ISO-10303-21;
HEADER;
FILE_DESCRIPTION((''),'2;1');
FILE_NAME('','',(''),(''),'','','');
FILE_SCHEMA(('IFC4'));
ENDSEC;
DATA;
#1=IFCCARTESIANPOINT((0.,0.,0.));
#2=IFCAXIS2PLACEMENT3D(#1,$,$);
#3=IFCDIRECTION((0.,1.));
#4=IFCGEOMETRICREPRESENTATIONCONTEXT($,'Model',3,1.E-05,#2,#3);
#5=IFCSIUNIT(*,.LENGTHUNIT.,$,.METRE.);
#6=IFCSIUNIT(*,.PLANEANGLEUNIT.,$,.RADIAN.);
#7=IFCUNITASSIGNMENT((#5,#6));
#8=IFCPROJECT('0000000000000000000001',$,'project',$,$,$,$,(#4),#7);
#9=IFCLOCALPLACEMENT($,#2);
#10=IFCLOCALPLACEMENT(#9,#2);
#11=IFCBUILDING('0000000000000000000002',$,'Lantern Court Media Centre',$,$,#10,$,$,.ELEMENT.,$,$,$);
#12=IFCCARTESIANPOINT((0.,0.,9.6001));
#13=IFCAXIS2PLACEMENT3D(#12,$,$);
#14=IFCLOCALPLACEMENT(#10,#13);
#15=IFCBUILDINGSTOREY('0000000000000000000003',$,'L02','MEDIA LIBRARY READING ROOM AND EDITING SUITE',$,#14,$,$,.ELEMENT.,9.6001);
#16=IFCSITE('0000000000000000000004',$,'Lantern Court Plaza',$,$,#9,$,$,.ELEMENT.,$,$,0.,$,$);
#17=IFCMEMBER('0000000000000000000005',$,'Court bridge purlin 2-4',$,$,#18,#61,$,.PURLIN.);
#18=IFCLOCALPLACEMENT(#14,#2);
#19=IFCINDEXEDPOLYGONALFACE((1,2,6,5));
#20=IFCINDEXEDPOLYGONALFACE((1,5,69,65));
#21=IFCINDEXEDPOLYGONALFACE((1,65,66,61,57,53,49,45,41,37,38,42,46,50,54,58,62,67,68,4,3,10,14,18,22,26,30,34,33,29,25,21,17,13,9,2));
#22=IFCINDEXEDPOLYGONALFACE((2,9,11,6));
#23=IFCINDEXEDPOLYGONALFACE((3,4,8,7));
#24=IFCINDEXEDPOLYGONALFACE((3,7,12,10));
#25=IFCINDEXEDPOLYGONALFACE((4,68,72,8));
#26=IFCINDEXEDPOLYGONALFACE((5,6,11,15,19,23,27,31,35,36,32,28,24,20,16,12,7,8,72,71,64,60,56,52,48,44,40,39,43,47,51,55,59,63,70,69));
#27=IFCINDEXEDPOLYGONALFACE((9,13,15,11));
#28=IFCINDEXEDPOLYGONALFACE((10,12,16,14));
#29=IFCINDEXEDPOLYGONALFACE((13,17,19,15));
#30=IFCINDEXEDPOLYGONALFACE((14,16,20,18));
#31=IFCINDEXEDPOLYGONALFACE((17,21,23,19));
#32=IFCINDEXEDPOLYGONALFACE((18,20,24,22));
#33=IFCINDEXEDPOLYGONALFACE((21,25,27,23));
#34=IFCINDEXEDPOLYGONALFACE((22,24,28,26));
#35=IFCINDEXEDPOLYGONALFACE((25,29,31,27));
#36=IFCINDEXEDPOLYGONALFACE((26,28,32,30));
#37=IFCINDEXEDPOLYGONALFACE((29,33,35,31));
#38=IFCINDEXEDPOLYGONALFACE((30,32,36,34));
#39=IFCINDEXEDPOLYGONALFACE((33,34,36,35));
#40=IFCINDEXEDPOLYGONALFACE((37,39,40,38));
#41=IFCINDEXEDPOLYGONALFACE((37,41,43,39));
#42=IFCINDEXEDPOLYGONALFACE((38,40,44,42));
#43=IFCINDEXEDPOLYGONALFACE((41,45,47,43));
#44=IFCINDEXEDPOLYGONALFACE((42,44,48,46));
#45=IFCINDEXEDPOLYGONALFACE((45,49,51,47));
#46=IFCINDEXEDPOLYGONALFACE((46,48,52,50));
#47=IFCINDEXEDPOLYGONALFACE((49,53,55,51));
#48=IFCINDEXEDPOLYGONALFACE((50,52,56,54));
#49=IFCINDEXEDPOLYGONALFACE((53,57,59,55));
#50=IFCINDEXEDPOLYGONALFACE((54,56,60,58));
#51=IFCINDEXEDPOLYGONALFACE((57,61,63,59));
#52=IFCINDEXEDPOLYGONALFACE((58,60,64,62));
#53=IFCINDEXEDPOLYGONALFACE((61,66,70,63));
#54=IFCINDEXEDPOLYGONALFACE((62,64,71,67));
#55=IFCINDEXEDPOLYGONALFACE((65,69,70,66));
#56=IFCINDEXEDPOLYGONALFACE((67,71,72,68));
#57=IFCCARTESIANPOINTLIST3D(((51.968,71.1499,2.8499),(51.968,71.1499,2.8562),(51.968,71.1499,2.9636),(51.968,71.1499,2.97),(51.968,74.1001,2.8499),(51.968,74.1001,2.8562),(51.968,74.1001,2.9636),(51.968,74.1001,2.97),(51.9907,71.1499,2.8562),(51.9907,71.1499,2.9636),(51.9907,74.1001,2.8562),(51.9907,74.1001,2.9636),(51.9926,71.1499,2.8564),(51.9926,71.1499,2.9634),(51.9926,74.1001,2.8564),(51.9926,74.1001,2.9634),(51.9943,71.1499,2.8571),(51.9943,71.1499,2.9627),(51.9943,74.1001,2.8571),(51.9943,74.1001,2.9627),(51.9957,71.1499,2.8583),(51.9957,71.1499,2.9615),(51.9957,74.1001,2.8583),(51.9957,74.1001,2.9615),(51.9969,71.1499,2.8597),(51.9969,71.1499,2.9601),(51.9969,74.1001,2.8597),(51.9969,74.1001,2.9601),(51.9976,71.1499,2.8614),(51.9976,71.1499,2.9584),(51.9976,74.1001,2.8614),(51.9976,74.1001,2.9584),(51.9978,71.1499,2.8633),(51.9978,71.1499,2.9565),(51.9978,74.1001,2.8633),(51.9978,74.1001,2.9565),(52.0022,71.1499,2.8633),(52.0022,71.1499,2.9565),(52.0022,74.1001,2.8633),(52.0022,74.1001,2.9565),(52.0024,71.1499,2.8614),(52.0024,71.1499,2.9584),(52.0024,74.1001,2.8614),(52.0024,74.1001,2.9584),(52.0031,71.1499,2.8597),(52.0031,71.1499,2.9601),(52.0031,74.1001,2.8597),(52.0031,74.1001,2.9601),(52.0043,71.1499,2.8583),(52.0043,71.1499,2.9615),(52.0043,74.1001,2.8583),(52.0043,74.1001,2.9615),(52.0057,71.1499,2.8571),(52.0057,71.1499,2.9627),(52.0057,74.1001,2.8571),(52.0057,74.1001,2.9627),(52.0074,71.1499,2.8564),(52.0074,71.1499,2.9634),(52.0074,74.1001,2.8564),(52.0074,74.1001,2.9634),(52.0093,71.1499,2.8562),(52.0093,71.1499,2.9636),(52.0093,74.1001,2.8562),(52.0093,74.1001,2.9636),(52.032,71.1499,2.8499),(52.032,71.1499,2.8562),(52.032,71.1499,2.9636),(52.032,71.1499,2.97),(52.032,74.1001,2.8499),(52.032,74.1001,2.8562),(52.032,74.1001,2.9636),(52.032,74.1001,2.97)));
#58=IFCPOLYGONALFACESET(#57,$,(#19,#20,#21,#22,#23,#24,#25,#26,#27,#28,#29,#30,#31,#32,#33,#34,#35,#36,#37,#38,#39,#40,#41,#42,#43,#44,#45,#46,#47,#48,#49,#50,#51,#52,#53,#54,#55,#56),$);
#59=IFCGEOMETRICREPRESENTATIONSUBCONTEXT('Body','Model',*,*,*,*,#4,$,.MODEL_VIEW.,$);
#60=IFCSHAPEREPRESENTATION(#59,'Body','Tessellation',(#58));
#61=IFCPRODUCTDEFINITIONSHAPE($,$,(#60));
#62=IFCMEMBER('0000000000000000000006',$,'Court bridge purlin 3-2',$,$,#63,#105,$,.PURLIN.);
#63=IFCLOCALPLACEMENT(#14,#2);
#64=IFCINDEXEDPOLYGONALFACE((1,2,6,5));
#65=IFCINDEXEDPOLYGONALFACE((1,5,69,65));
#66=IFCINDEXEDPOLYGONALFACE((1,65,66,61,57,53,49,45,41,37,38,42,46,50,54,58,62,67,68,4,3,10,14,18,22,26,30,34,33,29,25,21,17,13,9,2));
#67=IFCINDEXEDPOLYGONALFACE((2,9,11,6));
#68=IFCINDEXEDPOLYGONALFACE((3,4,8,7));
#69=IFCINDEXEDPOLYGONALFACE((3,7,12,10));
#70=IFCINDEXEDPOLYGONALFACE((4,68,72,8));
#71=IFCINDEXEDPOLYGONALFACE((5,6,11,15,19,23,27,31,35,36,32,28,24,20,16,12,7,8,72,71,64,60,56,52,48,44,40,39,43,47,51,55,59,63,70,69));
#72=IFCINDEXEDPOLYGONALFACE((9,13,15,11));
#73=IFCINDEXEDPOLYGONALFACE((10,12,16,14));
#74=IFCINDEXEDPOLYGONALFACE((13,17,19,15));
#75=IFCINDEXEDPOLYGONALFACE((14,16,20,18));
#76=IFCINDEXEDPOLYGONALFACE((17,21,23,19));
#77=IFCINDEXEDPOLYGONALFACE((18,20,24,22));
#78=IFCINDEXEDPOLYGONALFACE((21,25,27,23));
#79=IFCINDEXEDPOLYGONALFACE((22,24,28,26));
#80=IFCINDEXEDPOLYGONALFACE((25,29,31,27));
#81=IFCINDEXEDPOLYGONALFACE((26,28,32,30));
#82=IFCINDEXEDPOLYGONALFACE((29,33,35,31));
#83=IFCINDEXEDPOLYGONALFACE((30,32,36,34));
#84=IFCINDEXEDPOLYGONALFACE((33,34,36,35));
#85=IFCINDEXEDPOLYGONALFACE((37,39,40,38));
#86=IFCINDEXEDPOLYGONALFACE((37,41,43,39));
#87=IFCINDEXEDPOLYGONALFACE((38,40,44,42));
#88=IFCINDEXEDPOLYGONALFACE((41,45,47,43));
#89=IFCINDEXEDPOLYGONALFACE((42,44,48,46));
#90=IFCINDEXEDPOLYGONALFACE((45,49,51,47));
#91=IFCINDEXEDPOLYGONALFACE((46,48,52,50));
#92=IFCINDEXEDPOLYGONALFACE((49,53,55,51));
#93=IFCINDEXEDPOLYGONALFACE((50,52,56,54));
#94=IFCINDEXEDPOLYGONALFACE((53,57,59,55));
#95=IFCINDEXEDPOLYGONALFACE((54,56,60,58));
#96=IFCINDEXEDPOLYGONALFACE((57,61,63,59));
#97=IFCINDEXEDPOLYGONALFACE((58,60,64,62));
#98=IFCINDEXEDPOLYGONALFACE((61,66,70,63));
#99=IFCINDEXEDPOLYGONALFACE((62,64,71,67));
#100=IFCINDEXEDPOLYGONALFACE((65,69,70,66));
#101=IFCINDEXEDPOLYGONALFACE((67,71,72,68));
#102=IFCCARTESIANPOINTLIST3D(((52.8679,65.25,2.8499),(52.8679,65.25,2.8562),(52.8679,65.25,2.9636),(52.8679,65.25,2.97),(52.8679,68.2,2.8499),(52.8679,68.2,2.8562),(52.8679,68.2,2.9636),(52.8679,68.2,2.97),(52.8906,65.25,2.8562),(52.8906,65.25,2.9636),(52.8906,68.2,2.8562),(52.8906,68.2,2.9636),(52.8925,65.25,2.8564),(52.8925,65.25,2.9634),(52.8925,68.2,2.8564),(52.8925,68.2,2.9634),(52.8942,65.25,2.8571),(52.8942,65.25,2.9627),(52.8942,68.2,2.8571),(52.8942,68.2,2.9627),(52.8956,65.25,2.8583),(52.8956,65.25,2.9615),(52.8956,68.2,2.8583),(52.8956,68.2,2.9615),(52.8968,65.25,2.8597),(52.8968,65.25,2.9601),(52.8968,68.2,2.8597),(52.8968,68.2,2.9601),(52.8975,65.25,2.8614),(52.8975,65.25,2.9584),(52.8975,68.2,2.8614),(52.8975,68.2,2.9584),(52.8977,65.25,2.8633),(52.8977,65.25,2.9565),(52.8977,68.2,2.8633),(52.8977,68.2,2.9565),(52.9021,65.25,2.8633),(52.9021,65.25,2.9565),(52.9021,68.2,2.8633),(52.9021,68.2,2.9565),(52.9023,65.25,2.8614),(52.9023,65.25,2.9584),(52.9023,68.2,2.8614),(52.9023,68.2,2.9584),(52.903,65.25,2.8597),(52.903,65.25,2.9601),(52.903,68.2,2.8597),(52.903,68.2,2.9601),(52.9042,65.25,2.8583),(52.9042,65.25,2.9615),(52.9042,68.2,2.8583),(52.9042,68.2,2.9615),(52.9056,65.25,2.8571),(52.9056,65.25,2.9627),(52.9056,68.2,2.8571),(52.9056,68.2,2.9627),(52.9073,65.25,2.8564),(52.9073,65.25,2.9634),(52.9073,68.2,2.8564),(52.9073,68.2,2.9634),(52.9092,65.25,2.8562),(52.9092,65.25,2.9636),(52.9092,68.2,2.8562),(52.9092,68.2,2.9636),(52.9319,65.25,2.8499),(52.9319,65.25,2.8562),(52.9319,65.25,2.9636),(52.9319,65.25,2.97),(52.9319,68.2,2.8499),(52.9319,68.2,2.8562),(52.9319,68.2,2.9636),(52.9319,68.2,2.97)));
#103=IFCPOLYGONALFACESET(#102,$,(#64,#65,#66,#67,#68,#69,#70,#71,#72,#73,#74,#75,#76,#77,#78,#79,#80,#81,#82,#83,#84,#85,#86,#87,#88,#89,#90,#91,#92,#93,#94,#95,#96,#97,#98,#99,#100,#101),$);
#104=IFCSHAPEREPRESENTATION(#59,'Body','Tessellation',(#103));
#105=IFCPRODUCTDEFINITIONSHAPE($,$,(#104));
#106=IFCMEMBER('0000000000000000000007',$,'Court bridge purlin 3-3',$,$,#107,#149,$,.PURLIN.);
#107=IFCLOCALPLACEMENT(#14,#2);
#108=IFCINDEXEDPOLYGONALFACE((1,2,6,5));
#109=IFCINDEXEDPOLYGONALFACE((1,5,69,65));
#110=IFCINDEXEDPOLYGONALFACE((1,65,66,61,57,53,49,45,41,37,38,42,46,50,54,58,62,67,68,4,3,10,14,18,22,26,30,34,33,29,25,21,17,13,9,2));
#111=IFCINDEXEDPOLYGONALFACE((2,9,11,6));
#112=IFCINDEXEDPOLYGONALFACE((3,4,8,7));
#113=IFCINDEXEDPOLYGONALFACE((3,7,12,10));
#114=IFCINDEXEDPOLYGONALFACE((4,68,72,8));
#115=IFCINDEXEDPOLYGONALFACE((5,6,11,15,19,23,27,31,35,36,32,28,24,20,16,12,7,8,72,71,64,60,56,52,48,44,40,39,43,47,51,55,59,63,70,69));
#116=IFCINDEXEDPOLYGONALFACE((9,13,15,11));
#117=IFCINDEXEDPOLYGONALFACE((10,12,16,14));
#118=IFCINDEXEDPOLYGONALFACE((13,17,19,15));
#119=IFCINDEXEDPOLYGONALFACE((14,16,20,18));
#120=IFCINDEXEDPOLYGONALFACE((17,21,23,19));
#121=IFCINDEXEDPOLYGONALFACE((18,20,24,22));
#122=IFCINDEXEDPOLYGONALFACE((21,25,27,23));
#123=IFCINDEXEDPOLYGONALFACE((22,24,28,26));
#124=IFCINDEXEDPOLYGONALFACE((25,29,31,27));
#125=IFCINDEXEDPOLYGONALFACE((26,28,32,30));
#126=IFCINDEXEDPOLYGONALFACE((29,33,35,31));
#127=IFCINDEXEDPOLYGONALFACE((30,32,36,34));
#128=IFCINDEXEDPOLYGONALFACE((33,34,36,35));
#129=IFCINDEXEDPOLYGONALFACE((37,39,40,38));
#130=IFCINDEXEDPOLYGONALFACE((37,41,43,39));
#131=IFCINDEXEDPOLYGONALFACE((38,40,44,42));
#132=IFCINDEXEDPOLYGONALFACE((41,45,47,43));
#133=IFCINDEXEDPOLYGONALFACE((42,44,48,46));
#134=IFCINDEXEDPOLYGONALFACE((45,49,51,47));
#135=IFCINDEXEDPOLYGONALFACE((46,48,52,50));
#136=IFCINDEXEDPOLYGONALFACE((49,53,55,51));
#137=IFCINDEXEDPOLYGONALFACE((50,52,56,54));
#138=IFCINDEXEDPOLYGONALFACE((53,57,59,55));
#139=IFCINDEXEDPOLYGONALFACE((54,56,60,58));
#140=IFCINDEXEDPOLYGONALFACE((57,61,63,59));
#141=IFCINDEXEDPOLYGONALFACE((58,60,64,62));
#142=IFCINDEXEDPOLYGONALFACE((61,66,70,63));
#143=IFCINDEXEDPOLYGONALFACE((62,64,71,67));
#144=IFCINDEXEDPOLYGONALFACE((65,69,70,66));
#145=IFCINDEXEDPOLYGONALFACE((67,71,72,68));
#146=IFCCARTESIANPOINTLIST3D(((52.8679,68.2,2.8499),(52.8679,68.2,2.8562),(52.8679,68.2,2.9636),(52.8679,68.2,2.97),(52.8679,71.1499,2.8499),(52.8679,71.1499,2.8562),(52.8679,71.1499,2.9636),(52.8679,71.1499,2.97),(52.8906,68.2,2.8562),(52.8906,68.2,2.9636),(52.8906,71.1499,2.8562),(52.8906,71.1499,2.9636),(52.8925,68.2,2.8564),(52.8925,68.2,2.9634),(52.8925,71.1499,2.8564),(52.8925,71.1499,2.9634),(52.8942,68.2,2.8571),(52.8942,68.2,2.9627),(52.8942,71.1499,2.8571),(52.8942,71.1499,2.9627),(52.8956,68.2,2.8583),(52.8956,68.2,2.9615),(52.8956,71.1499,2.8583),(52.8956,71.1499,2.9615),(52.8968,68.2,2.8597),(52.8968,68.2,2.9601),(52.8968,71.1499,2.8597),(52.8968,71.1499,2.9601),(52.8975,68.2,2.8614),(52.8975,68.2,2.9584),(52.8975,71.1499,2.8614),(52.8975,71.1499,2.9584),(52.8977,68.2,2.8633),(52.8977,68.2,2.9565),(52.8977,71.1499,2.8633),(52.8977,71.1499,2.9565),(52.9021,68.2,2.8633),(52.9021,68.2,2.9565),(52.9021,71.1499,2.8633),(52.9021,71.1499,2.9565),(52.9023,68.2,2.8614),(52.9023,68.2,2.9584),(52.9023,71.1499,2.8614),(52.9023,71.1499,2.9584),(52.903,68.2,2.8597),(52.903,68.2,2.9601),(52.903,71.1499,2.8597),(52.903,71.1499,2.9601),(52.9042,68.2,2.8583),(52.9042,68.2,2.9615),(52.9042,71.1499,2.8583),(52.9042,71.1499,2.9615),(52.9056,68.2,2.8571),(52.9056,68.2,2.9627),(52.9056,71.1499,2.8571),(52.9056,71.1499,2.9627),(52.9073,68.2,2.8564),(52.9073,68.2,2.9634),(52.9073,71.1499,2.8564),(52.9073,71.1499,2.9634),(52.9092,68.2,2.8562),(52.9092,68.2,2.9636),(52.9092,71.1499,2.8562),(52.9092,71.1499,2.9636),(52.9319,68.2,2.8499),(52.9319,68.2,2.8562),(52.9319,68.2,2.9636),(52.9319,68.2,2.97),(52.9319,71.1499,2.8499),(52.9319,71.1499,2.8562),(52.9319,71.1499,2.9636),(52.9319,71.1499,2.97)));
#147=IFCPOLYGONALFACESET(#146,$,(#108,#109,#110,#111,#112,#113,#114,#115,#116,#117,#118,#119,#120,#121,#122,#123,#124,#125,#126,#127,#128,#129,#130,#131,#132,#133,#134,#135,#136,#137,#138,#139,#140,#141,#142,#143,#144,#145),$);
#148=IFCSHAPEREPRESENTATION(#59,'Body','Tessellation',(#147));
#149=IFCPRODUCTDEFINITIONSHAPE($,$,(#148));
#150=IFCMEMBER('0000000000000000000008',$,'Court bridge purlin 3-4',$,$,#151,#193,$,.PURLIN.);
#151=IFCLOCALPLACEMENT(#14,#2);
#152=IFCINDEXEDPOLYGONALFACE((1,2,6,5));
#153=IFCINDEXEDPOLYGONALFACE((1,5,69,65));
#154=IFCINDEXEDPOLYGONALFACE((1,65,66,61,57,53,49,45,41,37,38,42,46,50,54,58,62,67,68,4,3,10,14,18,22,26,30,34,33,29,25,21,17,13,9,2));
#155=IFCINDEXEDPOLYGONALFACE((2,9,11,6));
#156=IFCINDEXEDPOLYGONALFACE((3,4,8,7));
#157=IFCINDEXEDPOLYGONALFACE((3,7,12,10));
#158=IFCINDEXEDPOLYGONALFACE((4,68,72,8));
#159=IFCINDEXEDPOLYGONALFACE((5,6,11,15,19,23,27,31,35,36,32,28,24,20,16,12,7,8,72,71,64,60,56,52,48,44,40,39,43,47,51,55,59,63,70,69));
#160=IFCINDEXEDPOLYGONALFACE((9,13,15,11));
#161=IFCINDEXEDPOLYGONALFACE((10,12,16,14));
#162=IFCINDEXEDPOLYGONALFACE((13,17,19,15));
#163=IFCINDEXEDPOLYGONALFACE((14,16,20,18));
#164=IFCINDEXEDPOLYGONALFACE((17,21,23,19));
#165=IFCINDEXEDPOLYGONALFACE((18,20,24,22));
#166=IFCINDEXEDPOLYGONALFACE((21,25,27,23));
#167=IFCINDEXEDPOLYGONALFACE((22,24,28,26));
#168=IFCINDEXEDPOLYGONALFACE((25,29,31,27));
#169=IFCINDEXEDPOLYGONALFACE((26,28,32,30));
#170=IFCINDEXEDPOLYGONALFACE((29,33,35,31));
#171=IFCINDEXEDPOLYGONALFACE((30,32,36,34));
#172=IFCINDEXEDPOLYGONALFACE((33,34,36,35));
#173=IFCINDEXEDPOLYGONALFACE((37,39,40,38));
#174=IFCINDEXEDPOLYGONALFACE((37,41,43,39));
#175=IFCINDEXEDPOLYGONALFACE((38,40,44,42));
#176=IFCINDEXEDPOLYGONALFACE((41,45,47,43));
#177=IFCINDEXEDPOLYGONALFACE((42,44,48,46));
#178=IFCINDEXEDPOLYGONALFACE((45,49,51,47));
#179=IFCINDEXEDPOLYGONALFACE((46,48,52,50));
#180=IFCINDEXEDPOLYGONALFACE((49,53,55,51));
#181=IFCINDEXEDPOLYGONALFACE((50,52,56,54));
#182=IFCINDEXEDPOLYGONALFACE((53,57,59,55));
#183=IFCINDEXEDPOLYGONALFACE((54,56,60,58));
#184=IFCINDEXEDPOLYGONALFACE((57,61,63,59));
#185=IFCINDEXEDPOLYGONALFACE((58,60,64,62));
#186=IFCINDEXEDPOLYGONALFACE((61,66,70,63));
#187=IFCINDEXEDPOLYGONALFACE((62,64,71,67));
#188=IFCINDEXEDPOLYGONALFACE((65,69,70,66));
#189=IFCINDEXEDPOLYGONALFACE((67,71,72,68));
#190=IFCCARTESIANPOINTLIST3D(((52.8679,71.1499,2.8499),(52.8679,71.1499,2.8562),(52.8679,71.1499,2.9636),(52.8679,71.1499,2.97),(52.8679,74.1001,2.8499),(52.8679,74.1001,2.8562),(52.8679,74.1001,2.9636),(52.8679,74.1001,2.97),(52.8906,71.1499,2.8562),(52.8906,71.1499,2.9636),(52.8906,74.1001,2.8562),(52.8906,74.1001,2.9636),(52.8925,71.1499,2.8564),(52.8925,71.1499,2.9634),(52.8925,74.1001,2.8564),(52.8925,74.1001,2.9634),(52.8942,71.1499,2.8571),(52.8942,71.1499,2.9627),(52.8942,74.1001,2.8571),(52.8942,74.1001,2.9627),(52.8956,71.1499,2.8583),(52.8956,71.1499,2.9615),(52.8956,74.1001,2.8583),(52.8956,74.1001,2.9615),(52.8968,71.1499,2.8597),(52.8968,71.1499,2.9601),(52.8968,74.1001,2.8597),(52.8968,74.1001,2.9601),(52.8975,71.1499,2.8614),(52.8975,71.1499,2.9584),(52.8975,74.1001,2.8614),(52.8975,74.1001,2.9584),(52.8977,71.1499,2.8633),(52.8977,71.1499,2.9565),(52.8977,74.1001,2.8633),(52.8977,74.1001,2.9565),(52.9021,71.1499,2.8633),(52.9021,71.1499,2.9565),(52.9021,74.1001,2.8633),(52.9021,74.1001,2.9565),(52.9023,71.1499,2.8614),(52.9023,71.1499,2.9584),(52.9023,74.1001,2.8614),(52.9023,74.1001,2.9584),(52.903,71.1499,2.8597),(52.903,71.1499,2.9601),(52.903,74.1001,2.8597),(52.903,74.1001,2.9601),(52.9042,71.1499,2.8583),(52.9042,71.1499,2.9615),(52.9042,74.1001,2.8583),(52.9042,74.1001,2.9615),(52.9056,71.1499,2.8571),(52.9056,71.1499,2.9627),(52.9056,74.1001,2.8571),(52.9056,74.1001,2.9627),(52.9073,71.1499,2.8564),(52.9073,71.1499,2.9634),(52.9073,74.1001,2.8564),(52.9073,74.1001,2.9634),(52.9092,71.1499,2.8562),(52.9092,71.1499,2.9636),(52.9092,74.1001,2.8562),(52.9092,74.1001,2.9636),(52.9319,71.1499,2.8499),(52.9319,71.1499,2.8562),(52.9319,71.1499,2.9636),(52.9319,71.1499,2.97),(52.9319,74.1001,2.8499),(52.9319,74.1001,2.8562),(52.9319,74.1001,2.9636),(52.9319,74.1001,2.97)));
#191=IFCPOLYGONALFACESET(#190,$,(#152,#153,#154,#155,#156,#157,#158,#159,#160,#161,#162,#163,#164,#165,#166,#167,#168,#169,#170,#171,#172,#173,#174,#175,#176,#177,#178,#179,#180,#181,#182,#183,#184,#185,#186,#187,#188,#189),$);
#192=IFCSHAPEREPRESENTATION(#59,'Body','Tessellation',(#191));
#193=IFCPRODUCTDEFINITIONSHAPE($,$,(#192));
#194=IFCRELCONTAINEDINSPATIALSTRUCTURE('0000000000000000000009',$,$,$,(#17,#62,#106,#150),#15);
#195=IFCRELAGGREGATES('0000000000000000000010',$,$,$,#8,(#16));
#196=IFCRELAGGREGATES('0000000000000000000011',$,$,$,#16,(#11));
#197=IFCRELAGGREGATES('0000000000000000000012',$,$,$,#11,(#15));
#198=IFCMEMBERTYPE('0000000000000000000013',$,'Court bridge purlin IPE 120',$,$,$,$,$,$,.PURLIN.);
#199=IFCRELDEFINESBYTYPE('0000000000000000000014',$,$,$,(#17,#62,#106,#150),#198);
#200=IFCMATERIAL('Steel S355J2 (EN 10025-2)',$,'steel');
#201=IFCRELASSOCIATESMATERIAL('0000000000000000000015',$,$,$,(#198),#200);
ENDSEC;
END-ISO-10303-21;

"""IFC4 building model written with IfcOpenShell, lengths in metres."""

from ifc_helpers import new_model, si_unit, direction, frame, origin, origin_2d, place, context, subcontext, project, spatial, i_section, extrude, material, material_profile, profile_set, type_object, element, save


model = new_model("IFC4")

# Units and contexts
model_context = context("Model", 3, precision=1e-05, world=origin(), true_north=direction((0.0, 1.0)))
body_context = subcontext(model_context, "Body", "Model", "MODEL_VIEW")
ifc_project = project(units=[si_unit("LENGTHUNIT", "METRE"), si_unit("PLANEANGLEUNIT", "RADIAN")], contexts=[model_context])

# Site, building, storey
site_placement = place(None, origin())
site = spatial("IfcSite", under=ifc_project, at=site_placement, Name="Lantern Court Plaza", CompositionType="ELEMENT", RefElevation=0.0)
building_placement = place(site_placement, origin())
building = spatial("IfcBuilding", under=site, at=building_placement, Name="Lantern Court Media Centre", CompositionType="ELEMENT")
storey_placement = place(building_placement, frame((0.0, 0.0, 9.6001)))
storey = spatial("IfcBuildingStorey", under=building, at=storey_placement, Name="L02", Description="MEDIA LIBRARY READING ROOM AND EDITING SUITE", CompositionType="ELEMENT", Elevation=9.6001)

# Shared definitions
ifc_material = material(Name="Steel S355J2 (EN 10025-2)", Category="steel")

# Members
ifc_material_profile_1 = material_profile(ifc_material, i_section(OverallWidth=0.064, OverallDepth=0.1201, WebThickness=0.0044, FlangeThickness=0.0063, FilletRadius=0.0071, at=origin_2d()), Name="IPE 120")
ifc_profile_set_1 = profile_set([ifc_material_profile_1], Name="Steel S355J2 (EN 10025-2)")
member_type_1 = type_object("IfcMemberType", Name="Court bridge purlin IPE 120", PredefinedType="PURLIN", material=ifc_profile_set_1)
member_1_placement = place(storey_placement, frame((52.0, 71.1499, 2.9099), z_axis=(0.0, 1.0, 0.0), x_axis=(-1.0, 0.0, 0.0)))
element("IfcMember", 1, at=member_1_placement, inside=storey, type_object=member_type_1, Name="Court bridge purlin 2-4", PredefinedType="PURLIN", context=body_context, shape_type="SweptSolid", body=[
    extrude(i_section(OverallWidth=0.064, OverallDepth=0.1201, WebThickness=0.0044, FlangeThickness=0.0063, FilletRadius=0.0071, at=origin_2d()), origin(), (0.0, 0.0, 1.0), 2.9502),
])
for number, where, z_axis, x_axis, name in (
    (2, (52.8999, 65.25, 2.9099), (0.0, 1.0, 0.0), (-1.0, 0.0, 0.0), "Court bridge purlin 3-2"),
    (3, (52.8999, 68.2, 2.9099), (0.0, 1.0, 0.0), (-1.0, 0.0, 0.0), "Court bridge purlin 3-3"),
):
    element("IfcMember", number, at=place(storey_placement, frame(where, z_axis=z_axis, x_axis=x_axis)), inside=storey, type_object=member_type_1, Name=name, PredefinedType="PURLIN", context=body_context, shape_type="SweptSolid", body=[
        extrude(i_section(OverallWidth=0.064, OverallDepth=0.1201, WebThickness=0.0044, FlangeThickness=0.0063, FilletRadius=0.0071, at=origin_2d()), origin(), (0.0, 0.0, 1.0), 2.95),
    ])
member_2_placement = place(storey_placement, frame((52.8999, 71.1499, 2.9099), z_axis=(0.0, 1.0, 0.0), x_axis=(-1.0, 0.0, 0.0)))
element("IfcMember", 4, at=member_2_placement, inside=storey, type_object=member_type_1, Name="Court bridge purlin 3-4", PredefinedType="PURLIN", context=body_context, shape_type="SweptSolid", body=[
    extrude(i_section(OverallWidth=0.064, OverallDepth=0.1201, WebThickness=0.0044, FlangeThickness=0.0063, FilletRadius=0.0071, at=origin_2d()), origin(), (0.0, 0.0, 1.0), 2.9502),
])

save(model, "model.ifc")
